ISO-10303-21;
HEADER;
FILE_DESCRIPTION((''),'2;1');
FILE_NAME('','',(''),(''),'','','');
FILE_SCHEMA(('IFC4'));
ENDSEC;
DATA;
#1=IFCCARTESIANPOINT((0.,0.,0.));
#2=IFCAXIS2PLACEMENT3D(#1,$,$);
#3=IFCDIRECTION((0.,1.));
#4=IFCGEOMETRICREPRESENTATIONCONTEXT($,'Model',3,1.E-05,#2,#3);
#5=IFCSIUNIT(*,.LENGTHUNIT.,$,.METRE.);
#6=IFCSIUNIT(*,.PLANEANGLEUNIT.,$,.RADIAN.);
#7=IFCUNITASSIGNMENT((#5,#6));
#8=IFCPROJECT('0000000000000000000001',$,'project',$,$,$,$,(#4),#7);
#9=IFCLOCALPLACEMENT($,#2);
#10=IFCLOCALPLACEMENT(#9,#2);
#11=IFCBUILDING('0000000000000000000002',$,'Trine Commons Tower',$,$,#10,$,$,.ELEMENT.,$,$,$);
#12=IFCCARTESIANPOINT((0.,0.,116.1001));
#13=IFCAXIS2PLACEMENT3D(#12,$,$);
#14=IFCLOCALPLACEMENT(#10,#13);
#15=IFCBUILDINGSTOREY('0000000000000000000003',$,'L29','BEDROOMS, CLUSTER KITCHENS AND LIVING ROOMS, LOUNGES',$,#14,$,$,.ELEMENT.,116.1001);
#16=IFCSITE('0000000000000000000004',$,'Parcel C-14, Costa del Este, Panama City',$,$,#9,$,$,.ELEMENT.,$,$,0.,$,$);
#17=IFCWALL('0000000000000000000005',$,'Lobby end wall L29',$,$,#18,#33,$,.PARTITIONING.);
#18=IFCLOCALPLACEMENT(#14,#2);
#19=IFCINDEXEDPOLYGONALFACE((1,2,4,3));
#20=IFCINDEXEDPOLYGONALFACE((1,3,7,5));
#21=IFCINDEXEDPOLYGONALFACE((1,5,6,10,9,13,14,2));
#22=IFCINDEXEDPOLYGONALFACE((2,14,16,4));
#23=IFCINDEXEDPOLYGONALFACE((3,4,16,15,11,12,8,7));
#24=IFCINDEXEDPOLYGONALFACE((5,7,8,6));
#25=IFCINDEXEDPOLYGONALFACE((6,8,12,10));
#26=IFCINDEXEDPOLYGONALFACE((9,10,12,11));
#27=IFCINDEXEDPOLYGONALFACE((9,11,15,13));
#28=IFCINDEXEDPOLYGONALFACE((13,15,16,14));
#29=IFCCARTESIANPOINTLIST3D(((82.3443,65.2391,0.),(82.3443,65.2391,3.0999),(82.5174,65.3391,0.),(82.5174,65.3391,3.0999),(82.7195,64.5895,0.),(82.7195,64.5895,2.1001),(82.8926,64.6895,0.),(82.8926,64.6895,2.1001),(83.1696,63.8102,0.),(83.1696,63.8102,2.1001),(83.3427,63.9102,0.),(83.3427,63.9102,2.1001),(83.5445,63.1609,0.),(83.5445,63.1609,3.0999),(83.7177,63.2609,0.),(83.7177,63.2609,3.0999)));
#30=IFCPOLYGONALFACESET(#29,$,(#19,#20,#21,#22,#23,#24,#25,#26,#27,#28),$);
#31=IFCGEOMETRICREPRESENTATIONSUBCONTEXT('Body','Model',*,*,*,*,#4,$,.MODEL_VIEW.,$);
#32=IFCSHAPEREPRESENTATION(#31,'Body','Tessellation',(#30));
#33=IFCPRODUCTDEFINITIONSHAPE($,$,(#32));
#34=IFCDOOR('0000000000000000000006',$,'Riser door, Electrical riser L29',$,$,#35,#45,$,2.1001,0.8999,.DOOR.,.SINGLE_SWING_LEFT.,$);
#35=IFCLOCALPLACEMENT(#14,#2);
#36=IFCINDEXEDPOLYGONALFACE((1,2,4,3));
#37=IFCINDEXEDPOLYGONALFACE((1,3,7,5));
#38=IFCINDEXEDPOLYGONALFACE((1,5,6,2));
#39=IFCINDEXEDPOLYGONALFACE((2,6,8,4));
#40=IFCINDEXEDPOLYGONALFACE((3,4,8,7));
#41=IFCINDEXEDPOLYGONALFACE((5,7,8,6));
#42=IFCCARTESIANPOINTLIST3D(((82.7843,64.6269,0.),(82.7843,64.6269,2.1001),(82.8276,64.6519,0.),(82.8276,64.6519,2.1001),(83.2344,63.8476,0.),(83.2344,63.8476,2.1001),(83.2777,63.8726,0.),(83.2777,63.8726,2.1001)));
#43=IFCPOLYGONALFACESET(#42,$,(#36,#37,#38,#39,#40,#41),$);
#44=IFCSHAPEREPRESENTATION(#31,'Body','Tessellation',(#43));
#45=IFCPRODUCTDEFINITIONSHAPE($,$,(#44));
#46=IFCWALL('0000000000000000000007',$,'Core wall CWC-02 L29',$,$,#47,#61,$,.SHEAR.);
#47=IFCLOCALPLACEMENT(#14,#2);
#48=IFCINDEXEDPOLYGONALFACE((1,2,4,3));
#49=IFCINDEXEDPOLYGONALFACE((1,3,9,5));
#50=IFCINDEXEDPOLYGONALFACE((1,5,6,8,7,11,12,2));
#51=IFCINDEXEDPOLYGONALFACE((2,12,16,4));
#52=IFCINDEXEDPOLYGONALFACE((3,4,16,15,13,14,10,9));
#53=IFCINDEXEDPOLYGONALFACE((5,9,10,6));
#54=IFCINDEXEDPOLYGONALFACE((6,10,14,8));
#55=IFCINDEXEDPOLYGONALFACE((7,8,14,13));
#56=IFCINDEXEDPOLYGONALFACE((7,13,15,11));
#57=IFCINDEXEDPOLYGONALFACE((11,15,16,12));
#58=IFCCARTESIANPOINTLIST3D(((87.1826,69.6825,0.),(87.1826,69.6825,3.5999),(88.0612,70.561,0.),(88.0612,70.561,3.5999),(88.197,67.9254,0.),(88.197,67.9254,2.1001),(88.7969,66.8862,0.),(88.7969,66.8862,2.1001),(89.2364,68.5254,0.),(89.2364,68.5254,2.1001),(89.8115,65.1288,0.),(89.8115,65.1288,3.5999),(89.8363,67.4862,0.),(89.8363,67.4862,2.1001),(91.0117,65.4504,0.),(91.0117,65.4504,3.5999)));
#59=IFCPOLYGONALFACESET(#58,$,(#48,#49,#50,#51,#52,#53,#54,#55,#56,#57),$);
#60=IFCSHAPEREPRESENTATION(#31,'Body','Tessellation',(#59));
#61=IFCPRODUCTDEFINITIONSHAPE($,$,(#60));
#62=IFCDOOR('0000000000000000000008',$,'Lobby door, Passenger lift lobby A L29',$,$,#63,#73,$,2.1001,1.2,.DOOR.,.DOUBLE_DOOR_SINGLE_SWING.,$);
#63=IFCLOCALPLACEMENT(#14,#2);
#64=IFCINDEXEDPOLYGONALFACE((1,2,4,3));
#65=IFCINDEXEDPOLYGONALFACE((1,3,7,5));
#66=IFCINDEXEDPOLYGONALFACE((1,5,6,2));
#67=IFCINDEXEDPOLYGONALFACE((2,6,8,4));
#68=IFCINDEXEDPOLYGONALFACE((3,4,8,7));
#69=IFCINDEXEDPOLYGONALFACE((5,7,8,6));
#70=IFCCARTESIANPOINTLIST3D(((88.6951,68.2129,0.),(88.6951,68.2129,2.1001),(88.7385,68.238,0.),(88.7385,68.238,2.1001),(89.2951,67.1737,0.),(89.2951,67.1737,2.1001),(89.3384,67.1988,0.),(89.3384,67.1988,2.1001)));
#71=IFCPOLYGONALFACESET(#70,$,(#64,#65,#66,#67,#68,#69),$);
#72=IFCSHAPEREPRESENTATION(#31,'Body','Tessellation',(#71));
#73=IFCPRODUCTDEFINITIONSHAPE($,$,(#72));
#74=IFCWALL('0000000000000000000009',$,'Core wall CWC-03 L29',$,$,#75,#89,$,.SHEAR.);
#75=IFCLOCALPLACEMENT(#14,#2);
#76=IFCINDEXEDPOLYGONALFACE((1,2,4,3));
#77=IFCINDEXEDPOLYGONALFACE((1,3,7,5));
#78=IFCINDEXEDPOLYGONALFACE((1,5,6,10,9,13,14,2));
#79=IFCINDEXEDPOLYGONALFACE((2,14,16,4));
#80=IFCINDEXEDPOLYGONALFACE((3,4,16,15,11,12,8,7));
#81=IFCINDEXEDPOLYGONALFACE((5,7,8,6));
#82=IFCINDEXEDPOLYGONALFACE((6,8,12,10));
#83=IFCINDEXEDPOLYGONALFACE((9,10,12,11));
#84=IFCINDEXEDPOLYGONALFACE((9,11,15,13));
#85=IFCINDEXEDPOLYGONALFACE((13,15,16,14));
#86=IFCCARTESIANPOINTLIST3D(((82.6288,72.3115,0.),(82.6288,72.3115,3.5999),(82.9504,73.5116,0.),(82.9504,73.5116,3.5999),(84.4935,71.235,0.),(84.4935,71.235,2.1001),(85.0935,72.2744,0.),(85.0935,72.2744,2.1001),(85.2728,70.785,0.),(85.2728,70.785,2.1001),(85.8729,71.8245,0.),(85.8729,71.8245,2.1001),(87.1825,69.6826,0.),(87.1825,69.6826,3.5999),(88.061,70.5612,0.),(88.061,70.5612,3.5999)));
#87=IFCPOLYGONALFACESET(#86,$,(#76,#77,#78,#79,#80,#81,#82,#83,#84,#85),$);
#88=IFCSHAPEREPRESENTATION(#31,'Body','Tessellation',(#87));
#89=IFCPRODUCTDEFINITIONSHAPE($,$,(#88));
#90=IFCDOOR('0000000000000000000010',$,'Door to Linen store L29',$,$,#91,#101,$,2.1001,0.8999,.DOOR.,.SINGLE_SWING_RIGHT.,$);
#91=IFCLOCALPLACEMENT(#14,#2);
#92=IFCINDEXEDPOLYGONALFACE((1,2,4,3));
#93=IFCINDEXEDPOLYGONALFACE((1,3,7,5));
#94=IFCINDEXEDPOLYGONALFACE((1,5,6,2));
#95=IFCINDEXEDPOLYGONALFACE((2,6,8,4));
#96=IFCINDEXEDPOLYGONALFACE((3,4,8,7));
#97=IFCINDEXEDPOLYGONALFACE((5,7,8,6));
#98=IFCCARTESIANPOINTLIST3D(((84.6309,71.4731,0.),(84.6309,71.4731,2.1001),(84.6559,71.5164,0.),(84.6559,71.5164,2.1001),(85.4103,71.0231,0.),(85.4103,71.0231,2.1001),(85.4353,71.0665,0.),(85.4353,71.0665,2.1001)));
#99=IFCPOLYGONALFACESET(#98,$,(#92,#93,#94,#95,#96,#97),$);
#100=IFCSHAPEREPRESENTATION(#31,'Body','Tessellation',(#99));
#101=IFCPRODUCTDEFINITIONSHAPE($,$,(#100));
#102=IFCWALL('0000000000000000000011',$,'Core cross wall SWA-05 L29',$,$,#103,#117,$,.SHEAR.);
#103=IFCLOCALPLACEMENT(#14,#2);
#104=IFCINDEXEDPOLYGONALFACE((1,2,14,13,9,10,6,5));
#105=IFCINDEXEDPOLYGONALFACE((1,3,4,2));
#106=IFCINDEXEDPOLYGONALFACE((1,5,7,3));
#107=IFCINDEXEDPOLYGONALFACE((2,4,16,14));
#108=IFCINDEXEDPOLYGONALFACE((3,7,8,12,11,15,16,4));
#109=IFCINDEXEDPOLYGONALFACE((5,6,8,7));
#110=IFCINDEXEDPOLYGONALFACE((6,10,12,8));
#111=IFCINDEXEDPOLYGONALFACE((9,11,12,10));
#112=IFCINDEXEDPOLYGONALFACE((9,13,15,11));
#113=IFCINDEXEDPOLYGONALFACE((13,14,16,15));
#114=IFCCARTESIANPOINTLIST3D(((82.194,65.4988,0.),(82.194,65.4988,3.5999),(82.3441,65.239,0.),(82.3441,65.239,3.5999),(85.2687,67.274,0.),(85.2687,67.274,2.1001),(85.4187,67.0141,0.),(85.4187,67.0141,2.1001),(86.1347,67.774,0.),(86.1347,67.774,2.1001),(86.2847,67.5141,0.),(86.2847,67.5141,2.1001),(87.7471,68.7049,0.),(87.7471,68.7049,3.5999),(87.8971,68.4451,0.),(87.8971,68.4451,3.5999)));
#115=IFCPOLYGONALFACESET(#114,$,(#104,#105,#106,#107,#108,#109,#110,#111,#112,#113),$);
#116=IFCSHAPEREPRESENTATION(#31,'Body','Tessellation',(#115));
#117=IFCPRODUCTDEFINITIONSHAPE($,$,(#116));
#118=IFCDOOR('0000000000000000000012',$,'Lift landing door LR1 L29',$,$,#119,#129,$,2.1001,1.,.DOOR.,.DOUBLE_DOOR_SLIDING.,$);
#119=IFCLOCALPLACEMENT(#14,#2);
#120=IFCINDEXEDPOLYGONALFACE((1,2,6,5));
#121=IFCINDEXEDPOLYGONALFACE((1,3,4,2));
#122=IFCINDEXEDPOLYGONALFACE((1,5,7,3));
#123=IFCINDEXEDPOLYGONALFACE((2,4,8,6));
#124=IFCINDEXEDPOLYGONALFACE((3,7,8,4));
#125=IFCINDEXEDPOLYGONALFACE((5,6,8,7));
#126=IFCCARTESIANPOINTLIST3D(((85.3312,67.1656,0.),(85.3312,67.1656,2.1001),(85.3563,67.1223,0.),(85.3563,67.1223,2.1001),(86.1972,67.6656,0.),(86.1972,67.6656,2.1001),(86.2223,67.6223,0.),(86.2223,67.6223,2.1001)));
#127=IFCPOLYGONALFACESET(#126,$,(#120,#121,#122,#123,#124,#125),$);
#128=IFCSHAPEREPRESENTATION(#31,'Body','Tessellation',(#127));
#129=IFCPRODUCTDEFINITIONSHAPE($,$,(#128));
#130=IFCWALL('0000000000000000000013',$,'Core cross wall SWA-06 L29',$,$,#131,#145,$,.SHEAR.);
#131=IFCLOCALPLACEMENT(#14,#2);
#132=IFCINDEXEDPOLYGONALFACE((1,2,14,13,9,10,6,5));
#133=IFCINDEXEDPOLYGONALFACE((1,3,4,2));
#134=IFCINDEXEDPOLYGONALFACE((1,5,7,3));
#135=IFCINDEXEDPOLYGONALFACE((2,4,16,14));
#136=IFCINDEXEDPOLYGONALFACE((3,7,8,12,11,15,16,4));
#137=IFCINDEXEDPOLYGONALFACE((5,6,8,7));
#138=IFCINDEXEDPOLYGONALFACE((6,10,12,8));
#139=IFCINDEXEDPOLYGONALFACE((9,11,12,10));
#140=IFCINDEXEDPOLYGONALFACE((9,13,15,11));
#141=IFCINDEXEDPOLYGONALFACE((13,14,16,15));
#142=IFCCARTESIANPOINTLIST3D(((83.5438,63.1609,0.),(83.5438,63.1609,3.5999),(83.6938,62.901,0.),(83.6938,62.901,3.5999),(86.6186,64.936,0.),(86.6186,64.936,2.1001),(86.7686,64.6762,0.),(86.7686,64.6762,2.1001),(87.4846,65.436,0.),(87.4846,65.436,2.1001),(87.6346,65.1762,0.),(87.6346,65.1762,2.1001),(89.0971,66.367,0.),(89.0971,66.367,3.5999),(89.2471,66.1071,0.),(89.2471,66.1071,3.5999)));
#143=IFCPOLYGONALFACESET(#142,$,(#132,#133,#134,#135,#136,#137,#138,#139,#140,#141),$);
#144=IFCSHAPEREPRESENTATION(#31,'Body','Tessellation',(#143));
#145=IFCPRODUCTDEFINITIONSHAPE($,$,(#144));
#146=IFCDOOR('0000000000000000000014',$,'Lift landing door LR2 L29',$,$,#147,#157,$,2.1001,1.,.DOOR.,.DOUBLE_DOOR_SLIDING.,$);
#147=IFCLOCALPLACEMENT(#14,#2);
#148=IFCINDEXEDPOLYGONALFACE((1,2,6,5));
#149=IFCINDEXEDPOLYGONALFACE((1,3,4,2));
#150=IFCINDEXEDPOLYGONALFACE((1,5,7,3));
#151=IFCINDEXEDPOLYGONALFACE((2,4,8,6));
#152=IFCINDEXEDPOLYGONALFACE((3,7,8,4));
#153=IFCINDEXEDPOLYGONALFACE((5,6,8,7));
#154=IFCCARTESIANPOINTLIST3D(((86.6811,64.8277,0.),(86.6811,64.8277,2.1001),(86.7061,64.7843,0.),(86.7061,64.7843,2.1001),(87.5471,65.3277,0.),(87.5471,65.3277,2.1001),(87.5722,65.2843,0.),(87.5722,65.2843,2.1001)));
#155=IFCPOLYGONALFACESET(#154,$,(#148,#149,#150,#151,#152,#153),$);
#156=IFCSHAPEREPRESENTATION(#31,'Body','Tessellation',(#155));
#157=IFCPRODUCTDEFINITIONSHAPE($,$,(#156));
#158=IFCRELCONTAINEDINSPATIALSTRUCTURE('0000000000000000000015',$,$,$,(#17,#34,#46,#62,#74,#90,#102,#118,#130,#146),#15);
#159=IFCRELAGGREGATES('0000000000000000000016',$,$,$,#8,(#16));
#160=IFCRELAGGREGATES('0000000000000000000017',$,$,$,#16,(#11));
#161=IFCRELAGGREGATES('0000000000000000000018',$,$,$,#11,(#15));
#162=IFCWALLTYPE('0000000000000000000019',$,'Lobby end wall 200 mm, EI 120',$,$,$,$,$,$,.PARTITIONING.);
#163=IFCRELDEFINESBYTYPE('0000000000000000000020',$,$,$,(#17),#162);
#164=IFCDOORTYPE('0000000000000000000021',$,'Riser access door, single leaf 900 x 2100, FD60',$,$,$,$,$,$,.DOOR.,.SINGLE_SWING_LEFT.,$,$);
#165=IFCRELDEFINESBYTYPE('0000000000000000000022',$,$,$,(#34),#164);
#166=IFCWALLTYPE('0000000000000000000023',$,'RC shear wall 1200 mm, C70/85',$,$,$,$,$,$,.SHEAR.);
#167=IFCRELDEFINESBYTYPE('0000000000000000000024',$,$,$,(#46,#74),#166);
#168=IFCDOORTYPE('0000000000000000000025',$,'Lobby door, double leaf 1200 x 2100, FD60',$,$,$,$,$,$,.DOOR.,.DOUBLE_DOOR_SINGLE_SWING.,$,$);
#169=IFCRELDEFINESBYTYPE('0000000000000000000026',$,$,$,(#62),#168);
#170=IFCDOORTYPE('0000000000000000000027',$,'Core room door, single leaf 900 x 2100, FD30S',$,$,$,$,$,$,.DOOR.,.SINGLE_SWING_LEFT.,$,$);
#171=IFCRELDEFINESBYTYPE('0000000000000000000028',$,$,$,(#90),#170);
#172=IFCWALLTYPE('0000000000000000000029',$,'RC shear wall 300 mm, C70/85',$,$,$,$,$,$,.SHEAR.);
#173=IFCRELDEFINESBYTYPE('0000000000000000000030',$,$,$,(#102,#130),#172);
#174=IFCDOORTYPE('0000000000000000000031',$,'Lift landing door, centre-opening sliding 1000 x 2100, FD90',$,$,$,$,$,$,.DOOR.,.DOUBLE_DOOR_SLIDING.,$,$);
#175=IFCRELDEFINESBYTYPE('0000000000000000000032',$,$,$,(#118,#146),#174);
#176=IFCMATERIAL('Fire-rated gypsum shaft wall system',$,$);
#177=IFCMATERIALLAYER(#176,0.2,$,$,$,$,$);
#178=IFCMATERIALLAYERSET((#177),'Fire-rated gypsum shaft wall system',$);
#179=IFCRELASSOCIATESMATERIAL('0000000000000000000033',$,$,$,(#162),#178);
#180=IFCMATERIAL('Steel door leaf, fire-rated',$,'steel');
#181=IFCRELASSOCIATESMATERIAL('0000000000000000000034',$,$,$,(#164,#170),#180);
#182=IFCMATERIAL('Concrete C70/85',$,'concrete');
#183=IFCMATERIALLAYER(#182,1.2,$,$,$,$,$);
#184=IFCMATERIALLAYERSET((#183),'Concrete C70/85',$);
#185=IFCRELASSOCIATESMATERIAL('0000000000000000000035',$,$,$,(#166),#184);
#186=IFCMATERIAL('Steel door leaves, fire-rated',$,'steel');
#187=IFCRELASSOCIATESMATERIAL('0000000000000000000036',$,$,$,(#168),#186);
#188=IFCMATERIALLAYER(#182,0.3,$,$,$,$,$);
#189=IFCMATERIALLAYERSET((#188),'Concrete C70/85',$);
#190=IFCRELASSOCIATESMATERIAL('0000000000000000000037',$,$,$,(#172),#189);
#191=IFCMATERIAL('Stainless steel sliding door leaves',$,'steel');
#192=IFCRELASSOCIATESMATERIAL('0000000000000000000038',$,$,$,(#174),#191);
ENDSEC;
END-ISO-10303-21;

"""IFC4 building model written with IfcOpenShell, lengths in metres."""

from ifc_helpers import new_model, si_unit, direction, frame, frame_2d, origin, place, context, subcontext, project, spatial, polyline, rectangle, outline, extrude, material, layer, layer_set, type_object, element, fill, save


model = new_model("IFC4")

# Units and contexts
model_context = context("Model", 3, precision=1e-05, world=origin(), true_north=direction((0.0, 1.0)))
body_context = subcontext(model_context, "Body", "Model", "MODEL_VIEW")
ifc_project = project(units=[si_unit("LENGTHUNIT", "METRE"), si_unit("PLANEANGLEUNIT", "RADIAN")], contexts=[model_context])

# Site, building, storey
site_placement = place(None, origin())
site = spatial("IfcSite", under=ifc_project, at=site_placement, Name="Parcel C-14, Costa del Este, Panama City", CompositionType="ELEMENT", RefElevation=0.0)
building_placement = place(site_placement, origin())
building = spatial("IfcBuilding", under=site, at=building_placement, Name="Trine Commons Tower", CompositionType="ELEMENT")
storey_placement = place(building_placement, frame((0.0, 0.0, 116.1001)))
storey = spatial("IfcBuildingStorey", under=building, at=storey_placement, Name="L29", Description="BEDROOMS, CLUSTER KITCHENS AND LIVING ROOMS, LOUNGES", CompositionType="ELEMENT", Elevation=116.1001)

# Walls, openings, doors
ifc_material_1 = material(Name="Fire-rated gypsum shaft wall system")
ifc_layer_1 = layer(ifc_material_1, 0.2)
ifc_layer_set_1 = layer_set([ifc_layer_1], Name="Fire-rated gypsum shaft wall system")
wall_type_1 = type_object("IfcWallType", Name="Lobby end wall 200 mm, EI 120", PredefinedType="PARTITIONING", material=ifc_layer_set_1)
wall_1_placement = place(storey_placement, frame((83.6311, 63.2109, 0.0), z_axis=(0.0, 0.0, 1.0), x_axis=(-0.500122, 0.865955, 0.0)))
wall_1 = element("IfcWall", 1, at=wall_1_placement, inside=storey, type_object=wall_type_1, Name="Lobby end wall L29", PredefinedType="PARTITIONING", context=body_context, shape_type="SweptSolid", body=[
    extrude(rectangle(XDim=2.3999, YDim=0.2, at=frame_2d((1.2, 0.0))), origin(), (0.0, 0.0, 1.0), 3.0999),
])
opening_1_placement = place(wall_1_placement, frame((0.7498, 0.0, 0.0)))
opening_1 = element("IfcOpeningElement", 2, at=opening_1_placement, cuts=wall_1, PredefinedType="OPENING", context=body_context, shape_type="SweptSolid", body=[
    extrude(rectangle(XDim=0.8999, YDim=2.1001, at=frame_2d((0.45, 1.05))), frame((0.0, 0.1099, 0.0), z_axis=(0.0, -1.0, 0.0), x_axis=(1.0, 0.0, 0.0)), (0.0, 0.0, 1.0), 0.22),
])
ifc_material_2 = material(Name="Steel door leaf, fire-rated", Category="steel")
door_type_1 = type_object("IfcDoorType", Name="Riser access door, single leaf 900 x 2100, FD60", OperationType="SINGLE_SWING_LEFT", PredefinedType="DOOR", material=ifc_material_2)
door_1_placement = place(opening_1_placement, frame((0.8999, 0.0, 0.0), z_axis=(0.0, 0.0, 1.0), x_axis=(-1.0, 0.0, 0.0)))
door_1 = element("IfcDoor", 3, at=door_1_placement, inside=storey, type_object=door_type_1, Name="Riser door, Electrical riser L29", OperationType="SINGLE_SWING_LEFT", OverallHeight=2.1001, OverallWidth=0.8999, PredefinedType="DOOR", context=body_context, shape_type="SweptSolid", body=[
    extrude(rectangle(XDim=0.8999, YDim=2.1001, at=frame_2d((0.45, 1.05))), frame((0.0, 0.0249, 0.0), z_axis=(0.0, -1.0, 0.0), x_axis=(1.0, 0.0, 0.0)), (0.0, 0.0, 1.0), 0.05),
])
fill(opening_1, door_1)
ifc_material_3 = material(Name="Concrete C70/85", Category="concrete")
ifc_layer_2 = layer(ifc_material_3, 1.2)
ifc_layer_set_2 = layer_set([ifc_layer_2], Name="Concrete C70/85")
wall_type_2 = type_object("IfcWallType", Name="RC shear wall 1200 mm, C70/85", PredefinedType="SHEAR", material=ifc_layer_set_2)
wall_2_placement = place(storey_placement, frame((90.4919, 65.1504, 0.0), z_axis=(0.0, 0.0, 1.0), x_axis=(-0.499979, 0.866037, 0.0)))
wall_2 = element("IfcWall", 4, at=wall_2_placement, inside=storey, type_object=wall_type_2, Name="Core wall CWC-02 L29", PredefinedType="SHEAR", context=body_context, shape_type="SweptSolid", body=[
    extrude(outline(polyline([(0.0, -0.6001), (5.9011, -0.6001), (5.5796, 0.6001), (0.3215, 0.6001), (0.0, -0.6001)])), origin(), (0.0, 0.0, 1.0), 3.5999),
])
opening_2_placement = place(wall_2_placement, frame((2.3506, 0.0, 0.0)))
opening_2 = element("IfcOpeningElement", 5, at=opening_2_placement, cuts=wall_2, PredefinedType="OPENING", context=body_context, shape_type="SweptSolid", body=[
    extrude(rectangle(XDim=1.2, YDim=2.1001, at=frame_2d((0.6001, 1.05))), frame((0.0, 0.6099, 0.0), z_axis=(0.0, -1.0, 0.0), x_axis=(1.0, 0.0, 0.0)), (0.0, 0.0, 1.0), 1.22),
])
ifc_material_4 = material(Name="Steel door leaves, fire-rated", Category="steel")
door_type_2 = type_object("IfcDoorType", Name="Lobby door, double leaf 1200 x 2100, FD60", OperationType="DOUBLE_DOOR_SINGLE_SWING", PredefinedType="DOOR", material=ifc_material_4)
door_2_placement = place(opening_2_placement, origin())
door_2 = element("IfcDoor", 6, at=door_2_placement, inside=storey, type_object=door_type_2, Name="Lobby door, Passenger lift lobby A L29", OperationType="DOUBLE_DOOR_SINGLE_SWING", OverallHeight=2.1001, OverallWidth=1.2, PredefinedType="DOOR", context=body_context, shape_type="SweptSolid", body=[
    extrude(rectangle(XDim=1.2, YDim=2.1001, at=frame_2d((0.6001, 1.05))), frame((0.0, 0.0249, 0.0), z_axis=(0.0, -1.0, 0.0), x_axis=(1.0, 0.0, 0.0)), (0.0, 0.0, 1.0), 0.05),
])
fill(opening_2, door_2)
wall_3_placement = place(storey_placement, frame((87.761, 70.0415, 0.0), z_axis=(0.0, 0.0, 1.0), x_axis=(-0.866037, 0.499979, 0.0)))
wall_3 = element("IfcWall", 7, at=wall_3_placement, inside=storey, type_object=wall_type_2, Name="Core wall CWC-03 L29", PredefinedType="SHEAR", context=body_context, shape_type="SweptSolid", body=[
    extrude(outline(polyline([(0.0, -0.6001), (5.9011, -0.6001), (5.5796, 0.6001), (0.3215, 0.6001), (0.0, -0.6001)])), origin(), (0.0, 0.0, 1.0), 3.5999),
])
opening_3_placement = place(wall_3_placement, frame((2.5266, 0.0, 0.0)))
opening_3 = element("IfcOpeningElement", 8, at=opening_3_placement, cuts=wall_3, PredefinedType="OPENING", context=body_context, shape_type="SweptSolid", body=[
    extrude(rectangle(XDim=0.8999, YDim=2.1001, at=frame_2d((0.45, 1.05))), frame((0.0, 0.6099, 0.0), z_axis=(0.0, -1.0, 0.0), x_axis=(1.0, 0.0, 0.0)), (0.0, 0.0, 1.0), 1.22),
])
door_type_3 = type_object("IfcDoorType", Name="Core room door, single leaf 900 x 2100, FD30S", OperationType="SINGLE_SWING_LEFT", PredefinedType="DOOR", material=ifc_material_2)
door_3_placement = place(opening_3_placement, origin())
door_3 = element("IfcDoor", 9, at=door_3_placement, inside=storey, type_object=door_type_3, Name="Door to Linen store L29", OperationType="SINGLE_SWING_RIGHT", OverallHeight=2.1001, OverallWidth=0.8999, PredefinedType="DOOR", context=body_context, shape_type="SweptSolid", body=[
    extrude(rectangle(XDim=0.8999, YDim=2.1001, at=frame_2d((0.45, 1.05))), frame((0.0, 0.3252, 0.0), z_axis=(0.0, -1.0, 0.0), x_axis=(1.0, 0.0, 0.0)), (0.0, 0.0, 1.0), 0.05),
])
fill(opening_3, door_3)
ifc_layer_3 = layer(ifc_material_3, 0.3)
ifc_layer_set_3 = layer_set([ifc_layer_3], Name="Concrete C70/85")
wall_type_3 = type_object("IfcWallType", Name="RC shear wall 300 mm, C70/85", PredefinedType="SHEAR", material=ifc_layer_set_3)
wall_4_placement = place(storey_placement, frame((82.269, 65.3689, 0.0), z_axis=(0.0, 0.0, 1.0), x_axis=(0.866023, 0.500005, 0.0)))
wall_4 = element("IfcWall", 10, at=wall_4_placement, inside=storey, type_object=wall_type_3, Name="Core cross wall SWA-05 L29", PredefinedType="SHEAR", context=body_context, shape_type="SweptSolid", body=[
    extrude(rectangle(XDim=6.4121, YDim=0.3, at=frame_2d((3.2061, 0.0))), origin(), (0.0, 0.0, 1.0), 3.5999),
])
opening_4_placement = place(wall_4_placement, frame((3.5503, 0.0, 0.0)))
opening_4 = element("IfcOpeningElement", 11, at=opening_4_placement, cuts=wall_4, PredefinedType="OPENING", context=body_context, shape_type="SweptSolid", body=[
    extrude(rectangle(XDim=1.0, YDim=2.1001, at=frame_2d((0.5, 1.05))), frame((0.0, 0.1599, 0.0), z_axis=(0.0, -1.0, 0.0), x_axis=(1.0, 0.0, 0.0)), (0.0, 0.0, 1.0), 0.3201),
])
ifc_material_5 = material(Name="Stainless steel sliding door leaves", Category="steel")
door_type_4 = type_object("IfcDoorType", Name="Lift landing door, centre-opening sliding 1000 x 2100, FD90", OperationType="DOUBLE_DOOR_SLIDING", PredefinedType="DOOR", material=ifc_material_5)
door_4_placement = place(opening_4_placement, origin())
door_4 = element("IfcDoor", 12, at=door_4_placement, inside=storey, type_object=door_type_4, Name="Lift landing door LR1 L29", OperationType="DOUBLE_DOOR_SLIDING", OverallHeight=2.1001, OverallWidth=1.0, PredefinedType="DOOR", context=body_context, shape_type="SweptSolid", body=[
    extrude(rectangle(XDim=1.0, YDim=2.1001, at=frame_2d((0.5, 1.05))), frame((0.0, 0.0249, 0.0), z_axis=(0.0, -1.0, 0.0), x_axis=(1.0, 0.0, 0.0)), (0.0, 0.0, 1.0), 0.05),
])
fill(opening_4, door_4)
wall_5_placement = place(storey_placement, frame((83.6189, 63.031, 0.0), z_axis=(0.0, 0.0, 1.0), x_axis=(0.866032, 0.499988, 0.0)))
wall_5 = element("IfcWall", 13, at=wall_5_placement, inside=storey, type_object=wall_type_3, Name="Core cross wall SWA-06 L29", PredefinedType="SHEAR", context=body_context, shape_type="SweptSolid", body=[
    extrude(rectangle(XDim=6.4124, YDim=0.3, at=frame_2d((3.2061, 0.0))), origin(), (0.0, 0.0, 1.0), 3.5999),
])
opening_5_placement = place(wall_5_placement, frame((3.5503, 0.0, 0.0)))
opening_5 = element("IfcOpeningElement", 14, at=opening_5_placement, cuts=wall_5, PredefinedType="OPENING", context=body_context, shape_type="SweptSolid", body=[
    extrude(rectangle(XDim=1.0, YDim=2.1001, at=frame_2d((0.5, 1.05))), frame((0.0, 0.1599, 0.0), z_axis=(0.0, -1.0, 0.0), x_axis=(1.0, 0.0, 0.0)), (0.0, 0.0, 1.0), 0.3201),
])
door_5_placement = place(opening_5_placement, origin())
door_5 = element("IfcDoor", 15, at=door_5_placement, inside=storey, type_object=door_type_4, Name="Lift landing door LR2 L29", OperationType="DOUBLE_DOOR_SLIDING", OverallHeight=2.1001, OverallWidth=1.0, PredefinedType="DOOR", context=body_context, shape_type="SweptSolid", body=[
    extrude(rectangle(XDim=1.0, YDim=2.1001, at=frame_2d((0.5, 1.05))), frame((0.0, 0.0249, 0.0), z_axis=(0.0, -1.0, 0.0), x_axis=(1.0, 0.0, 0.0)), (0.0, 0.0, 1.0), 0.05),
])
fill(opening_5, door_5)

save(model, "model.ifc")
